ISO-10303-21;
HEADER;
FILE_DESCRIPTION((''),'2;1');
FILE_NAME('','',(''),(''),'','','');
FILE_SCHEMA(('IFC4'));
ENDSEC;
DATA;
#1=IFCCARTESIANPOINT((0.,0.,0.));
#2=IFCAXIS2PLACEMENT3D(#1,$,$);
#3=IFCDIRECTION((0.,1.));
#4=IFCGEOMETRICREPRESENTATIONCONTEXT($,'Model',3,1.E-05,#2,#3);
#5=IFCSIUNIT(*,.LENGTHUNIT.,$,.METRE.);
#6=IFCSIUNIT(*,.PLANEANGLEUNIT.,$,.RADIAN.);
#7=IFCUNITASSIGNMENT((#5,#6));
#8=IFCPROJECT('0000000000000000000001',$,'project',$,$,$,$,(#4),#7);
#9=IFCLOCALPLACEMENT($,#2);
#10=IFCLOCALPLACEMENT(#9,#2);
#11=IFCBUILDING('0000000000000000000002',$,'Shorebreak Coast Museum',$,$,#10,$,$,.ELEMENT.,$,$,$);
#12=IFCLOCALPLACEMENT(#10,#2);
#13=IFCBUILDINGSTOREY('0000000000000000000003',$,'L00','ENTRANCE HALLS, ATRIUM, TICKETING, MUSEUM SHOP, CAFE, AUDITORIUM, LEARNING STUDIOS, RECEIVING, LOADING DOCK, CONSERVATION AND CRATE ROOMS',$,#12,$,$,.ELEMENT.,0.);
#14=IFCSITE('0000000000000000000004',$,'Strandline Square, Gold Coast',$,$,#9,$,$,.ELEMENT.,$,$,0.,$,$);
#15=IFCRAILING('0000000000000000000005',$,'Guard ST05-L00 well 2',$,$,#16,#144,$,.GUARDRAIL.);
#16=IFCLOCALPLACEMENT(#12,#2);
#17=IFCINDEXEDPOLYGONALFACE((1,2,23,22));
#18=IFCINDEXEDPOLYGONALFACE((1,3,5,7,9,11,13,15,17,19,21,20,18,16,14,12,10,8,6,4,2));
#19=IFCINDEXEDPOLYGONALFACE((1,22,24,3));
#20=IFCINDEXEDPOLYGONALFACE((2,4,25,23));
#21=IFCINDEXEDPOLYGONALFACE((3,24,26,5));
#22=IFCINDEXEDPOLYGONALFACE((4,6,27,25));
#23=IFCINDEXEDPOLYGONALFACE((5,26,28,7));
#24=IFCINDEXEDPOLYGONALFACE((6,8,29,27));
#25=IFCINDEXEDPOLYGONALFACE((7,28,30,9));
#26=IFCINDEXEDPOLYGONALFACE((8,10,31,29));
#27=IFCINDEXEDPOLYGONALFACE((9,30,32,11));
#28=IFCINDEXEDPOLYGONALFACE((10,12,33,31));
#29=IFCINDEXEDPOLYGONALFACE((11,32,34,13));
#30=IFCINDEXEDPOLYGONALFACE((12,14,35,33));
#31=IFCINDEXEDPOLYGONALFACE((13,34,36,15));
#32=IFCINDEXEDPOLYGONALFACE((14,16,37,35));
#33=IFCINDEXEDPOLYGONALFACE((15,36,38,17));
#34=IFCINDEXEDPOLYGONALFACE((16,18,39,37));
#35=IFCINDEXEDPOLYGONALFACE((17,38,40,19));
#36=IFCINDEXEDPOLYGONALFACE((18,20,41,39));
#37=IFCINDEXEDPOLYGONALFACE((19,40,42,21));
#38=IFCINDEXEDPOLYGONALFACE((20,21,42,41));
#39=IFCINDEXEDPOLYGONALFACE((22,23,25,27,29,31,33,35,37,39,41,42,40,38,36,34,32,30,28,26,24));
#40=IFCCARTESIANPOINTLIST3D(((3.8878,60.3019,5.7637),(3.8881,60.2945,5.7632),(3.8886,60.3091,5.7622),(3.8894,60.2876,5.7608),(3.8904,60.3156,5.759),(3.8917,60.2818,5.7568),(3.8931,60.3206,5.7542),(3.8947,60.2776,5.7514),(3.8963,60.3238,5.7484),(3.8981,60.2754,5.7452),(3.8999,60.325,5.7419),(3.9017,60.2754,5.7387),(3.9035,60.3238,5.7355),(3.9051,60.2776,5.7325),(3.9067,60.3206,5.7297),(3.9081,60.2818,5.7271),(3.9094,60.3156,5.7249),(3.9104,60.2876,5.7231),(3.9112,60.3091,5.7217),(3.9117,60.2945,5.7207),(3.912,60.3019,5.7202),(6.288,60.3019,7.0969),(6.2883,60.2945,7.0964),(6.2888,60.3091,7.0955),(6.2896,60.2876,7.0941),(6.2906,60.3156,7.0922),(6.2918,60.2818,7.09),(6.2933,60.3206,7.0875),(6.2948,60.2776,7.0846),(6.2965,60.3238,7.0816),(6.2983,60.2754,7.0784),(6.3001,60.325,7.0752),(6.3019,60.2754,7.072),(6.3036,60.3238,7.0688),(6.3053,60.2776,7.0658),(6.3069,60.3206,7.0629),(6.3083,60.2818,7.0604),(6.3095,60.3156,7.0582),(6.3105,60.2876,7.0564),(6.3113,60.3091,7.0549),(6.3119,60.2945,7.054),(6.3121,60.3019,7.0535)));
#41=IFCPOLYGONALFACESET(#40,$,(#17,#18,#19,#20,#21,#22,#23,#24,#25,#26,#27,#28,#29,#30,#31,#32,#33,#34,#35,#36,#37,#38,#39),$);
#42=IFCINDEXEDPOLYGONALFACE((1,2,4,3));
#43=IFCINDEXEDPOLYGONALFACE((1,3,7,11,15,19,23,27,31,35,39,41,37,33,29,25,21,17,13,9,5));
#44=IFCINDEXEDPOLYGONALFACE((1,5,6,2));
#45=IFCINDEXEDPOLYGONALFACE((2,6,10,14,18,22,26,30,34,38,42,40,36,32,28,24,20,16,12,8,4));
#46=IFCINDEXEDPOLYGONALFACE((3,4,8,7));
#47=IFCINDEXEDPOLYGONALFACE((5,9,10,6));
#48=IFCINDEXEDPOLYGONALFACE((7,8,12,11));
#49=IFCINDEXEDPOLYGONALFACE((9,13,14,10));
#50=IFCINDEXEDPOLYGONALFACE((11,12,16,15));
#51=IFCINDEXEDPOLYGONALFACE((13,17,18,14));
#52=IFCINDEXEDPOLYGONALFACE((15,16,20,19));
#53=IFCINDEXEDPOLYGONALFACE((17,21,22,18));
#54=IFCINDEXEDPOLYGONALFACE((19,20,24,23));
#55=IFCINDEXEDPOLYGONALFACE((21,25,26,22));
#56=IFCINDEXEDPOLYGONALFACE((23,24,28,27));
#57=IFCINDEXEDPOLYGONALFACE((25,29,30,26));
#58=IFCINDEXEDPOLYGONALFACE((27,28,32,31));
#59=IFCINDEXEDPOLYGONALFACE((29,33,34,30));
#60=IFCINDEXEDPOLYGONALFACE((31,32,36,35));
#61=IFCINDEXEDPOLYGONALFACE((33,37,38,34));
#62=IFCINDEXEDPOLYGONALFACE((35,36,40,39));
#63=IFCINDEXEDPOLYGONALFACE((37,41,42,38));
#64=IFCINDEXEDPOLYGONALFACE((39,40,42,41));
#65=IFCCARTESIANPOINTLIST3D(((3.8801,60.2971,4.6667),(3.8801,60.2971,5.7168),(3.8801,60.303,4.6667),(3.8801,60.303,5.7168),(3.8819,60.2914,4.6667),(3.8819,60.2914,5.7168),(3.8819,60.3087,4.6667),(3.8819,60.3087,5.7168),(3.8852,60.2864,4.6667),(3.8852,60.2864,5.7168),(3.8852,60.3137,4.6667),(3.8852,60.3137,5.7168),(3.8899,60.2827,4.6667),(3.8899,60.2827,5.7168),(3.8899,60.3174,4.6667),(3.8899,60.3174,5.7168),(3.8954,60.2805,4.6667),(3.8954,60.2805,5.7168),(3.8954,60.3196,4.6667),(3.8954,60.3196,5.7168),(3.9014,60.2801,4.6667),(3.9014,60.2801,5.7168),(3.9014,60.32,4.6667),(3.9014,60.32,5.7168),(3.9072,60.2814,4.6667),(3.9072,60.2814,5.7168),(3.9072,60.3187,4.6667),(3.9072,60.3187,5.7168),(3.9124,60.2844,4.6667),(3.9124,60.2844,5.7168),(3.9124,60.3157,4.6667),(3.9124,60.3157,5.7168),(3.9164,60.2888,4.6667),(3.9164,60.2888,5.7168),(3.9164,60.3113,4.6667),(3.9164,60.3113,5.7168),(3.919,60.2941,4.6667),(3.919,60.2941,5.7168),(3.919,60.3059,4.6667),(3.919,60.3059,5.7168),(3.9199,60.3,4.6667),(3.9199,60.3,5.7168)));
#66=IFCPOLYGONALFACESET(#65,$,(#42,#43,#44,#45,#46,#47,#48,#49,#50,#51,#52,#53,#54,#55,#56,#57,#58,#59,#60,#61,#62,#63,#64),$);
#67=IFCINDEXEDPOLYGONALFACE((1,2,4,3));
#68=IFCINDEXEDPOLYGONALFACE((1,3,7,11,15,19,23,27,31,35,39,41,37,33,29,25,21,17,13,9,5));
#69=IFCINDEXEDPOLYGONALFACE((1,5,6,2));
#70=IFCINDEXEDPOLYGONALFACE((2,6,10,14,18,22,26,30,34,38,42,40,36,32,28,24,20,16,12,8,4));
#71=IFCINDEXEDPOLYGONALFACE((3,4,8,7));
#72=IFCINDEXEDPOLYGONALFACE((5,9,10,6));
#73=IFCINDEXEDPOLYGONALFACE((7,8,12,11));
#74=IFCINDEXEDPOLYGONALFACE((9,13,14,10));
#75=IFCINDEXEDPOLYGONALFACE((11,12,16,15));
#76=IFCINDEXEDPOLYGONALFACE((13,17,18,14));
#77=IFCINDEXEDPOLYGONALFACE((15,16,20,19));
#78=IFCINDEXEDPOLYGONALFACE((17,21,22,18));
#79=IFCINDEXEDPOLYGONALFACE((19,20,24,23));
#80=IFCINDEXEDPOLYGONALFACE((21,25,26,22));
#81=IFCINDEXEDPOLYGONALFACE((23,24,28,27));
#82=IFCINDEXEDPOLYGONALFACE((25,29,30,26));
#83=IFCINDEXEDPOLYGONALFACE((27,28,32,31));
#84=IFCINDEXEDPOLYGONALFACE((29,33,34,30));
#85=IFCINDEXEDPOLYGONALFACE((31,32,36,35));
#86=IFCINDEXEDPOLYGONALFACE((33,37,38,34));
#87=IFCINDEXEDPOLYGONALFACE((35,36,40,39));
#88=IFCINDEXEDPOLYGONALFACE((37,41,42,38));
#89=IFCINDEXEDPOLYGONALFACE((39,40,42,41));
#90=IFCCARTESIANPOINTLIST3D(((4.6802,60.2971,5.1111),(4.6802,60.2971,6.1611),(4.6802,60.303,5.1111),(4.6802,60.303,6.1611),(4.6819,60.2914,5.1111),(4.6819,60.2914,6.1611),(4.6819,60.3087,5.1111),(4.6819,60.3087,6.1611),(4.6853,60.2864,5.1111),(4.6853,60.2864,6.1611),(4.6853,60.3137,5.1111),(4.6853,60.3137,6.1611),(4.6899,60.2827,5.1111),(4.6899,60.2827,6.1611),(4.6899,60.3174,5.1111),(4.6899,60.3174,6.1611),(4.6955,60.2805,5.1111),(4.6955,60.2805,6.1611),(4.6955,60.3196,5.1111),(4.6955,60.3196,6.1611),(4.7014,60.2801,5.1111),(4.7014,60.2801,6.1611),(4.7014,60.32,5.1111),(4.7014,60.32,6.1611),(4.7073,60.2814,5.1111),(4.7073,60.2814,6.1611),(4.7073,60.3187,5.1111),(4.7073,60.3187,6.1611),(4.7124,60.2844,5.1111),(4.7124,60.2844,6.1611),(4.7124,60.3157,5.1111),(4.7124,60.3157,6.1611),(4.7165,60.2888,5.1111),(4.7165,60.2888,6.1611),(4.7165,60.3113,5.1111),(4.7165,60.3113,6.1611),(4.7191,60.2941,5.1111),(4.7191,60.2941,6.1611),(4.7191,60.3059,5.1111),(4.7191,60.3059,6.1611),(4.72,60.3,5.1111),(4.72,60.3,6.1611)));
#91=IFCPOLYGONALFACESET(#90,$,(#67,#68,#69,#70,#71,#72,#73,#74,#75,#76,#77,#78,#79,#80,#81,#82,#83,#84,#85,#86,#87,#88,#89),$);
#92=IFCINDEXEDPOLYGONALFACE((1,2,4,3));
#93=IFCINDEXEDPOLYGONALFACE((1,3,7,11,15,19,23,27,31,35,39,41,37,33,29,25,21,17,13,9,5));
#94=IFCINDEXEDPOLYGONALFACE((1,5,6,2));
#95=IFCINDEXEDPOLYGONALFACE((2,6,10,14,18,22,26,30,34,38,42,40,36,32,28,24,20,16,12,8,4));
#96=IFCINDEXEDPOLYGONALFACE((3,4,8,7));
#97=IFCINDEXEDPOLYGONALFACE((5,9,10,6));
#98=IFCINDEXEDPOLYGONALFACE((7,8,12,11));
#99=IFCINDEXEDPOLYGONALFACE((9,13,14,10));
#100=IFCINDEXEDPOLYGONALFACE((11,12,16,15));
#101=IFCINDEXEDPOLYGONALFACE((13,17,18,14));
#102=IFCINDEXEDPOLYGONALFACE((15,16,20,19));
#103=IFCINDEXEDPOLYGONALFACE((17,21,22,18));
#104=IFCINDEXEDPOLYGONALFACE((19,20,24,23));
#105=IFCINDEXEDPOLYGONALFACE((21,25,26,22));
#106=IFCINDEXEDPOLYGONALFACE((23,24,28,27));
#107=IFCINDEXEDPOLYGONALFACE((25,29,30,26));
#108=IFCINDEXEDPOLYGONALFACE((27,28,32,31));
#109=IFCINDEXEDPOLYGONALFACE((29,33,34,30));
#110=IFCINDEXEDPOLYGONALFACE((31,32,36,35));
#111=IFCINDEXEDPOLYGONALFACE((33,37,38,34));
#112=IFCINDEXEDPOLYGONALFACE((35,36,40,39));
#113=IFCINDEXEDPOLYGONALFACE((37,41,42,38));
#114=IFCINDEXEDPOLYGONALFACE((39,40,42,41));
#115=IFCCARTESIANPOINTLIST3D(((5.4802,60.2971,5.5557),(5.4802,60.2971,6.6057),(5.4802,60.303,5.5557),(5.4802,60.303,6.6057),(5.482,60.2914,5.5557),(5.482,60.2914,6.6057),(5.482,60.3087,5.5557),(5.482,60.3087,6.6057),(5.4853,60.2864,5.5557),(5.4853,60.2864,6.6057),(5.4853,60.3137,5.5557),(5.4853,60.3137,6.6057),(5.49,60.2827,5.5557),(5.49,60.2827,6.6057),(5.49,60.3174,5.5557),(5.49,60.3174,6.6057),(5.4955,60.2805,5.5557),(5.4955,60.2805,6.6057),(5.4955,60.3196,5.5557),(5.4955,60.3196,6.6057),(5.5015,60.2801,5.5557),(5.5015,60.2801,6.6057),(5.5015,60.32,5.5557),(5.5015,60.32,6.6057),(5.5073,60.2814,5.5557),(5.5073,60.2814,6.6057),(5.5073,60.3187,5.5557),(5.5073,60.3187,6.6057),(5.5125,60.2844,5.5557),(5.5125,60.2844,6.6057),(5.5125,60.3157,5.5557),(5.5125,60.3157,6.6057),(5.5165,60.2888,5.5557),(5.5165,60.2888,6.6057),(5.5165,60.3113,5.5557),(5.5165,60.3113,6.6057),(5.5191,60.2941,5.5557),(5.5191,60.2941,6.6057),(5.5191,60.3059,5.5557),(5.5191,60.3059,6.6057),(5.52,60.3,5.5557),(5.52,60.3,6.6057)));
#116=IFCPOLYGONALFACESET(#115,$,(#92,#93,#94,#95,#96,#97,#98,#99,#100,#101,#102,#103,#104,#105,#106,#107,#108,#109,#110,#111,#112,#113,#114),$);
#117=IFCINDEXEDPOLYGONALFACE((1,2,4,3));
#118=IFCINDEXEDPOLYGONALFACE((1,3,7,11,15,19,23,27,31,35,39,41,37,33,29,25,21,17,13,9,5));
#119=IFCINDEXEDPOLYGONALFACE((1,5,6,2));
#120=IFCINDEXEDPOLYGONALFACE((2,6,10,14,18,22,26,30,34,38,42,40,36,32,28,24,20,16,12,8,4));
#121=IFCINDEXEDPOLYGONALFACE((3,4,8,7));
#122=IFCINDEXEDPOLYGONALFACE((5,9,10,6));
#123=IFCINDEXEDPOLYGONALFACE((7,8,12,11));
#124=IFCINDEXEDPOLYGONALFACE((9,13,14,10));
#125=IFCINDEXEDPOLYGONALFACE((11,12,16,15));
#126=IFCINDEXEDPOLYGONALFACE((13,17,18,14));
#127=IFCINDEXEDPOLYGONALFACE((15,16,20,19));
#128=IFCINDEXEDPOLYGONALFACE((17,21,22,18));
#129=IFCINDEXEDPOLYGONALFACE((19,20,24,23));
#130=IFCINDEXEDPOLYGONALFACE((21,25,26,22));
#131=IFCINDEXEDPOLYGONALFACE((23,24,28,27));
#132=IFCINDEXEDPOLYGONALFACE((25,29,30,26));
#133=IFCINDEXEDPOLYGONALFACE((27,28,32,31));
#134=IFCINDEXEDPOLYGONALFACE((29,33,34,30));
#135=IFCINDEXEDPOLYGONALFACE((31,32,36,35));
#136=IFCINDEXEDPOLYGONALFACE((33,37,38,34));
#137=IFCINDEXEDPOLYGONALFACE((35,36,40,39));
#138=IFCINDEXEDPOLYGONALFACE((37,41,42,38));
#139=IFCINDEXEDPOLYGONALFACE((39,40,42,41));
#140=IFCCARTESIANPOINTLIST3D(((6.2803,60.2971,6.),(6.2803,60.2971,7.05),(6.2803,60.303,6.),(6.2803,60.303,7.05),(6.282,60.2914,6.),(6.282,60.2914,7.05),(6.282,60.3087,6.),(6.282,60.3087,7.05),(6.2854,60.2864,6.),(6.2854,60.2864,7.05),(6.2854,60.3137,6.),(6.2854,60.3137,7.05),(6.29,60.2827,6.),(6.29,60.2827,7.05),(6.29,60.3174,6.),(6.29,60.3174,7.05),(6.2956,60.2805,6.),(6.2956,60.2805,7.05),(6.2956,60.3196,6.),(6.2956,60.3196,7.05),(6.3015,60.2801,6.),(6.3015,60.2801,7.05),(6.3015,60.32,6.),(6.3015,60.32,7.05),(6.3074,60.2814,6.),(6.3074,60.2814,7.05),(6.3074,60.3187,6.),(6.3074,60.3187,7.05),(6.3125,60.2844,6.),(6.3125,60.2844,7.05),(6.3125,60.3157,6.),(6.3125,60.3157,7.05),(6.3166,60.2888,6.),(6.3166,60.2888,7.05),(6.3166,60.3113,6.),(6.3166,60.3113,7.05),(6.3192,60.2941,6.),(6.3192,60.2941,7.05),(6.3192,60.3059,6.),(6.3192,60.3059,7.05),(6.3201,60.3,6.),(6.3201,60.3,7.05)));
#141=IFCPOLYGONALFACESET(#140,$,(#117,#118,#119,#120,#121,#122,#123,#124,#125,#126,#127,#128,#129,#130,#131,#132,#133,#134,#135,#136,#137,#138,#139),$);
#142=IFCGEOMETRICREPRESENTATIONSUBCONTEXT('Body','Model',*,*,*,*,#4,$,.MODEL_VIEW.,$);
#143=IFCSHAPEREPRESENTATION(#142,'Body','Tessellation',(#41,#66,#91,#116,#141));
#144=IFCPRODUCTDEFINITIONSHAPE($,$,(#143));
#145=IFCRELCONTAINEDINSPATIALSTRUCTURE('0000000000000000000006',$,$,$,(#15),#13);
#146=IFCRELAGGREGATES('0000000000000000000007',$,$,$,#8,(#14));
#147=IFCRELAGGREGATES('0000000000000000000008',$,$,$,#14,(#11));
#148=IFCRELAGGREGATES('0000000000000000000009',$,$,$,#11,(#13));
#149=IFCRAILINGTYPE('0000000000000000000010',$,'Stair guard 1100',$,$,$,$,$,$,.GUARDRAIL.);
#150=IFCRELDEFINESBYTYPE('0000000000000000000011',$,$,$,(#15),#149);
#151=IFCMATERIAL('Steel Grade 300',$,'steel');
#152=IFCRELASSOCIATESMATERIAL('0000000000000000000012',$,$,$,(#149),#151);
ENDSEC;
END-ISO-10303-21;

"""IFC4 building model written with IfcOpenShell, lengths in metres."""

from ifc_helpers import new_model, si_unit, direction, frame, origin, origin_2d, place, context, subcontext, project, spatial, circle, extrude, material, type_object, element, save


model = new_model("IFC4")

# Units and contexts
model_context = context("Model", 3, precision=1e-05, world=origin(), true_north=direction((0.0, 1.0)))
body_context = subcontext(model_context, "Body", "Model", "MODEL_VIEW")
ifc_project = project(units=[si_unit("LENGTHUNIT", "METRE"), si_unit("PLANEANGLEUNIT", "RADIAN")], contexts=[model_context])

# Site, building, storey
site_placement = place(None, origin())
site = spatial("IfcSite", under=ifc_project, at=site_placement, Name="Strandline Square, Gold Coast", CompositionType="ELEMENT", RefElevation=0.0)
building_placement = place(site_placement, origin())
building = spatial("IfcBuilding", under=site, at=building_placement, Name="Shorebreak Coast Museum", CompositionType="ELEMENT")
storey_placement = place(building_placement, origin())
storey = spatial("IfcBuildingStorey", under=building, at=storey_placement, Name="L00", Description="ENTRANCE HALLS, ATRIUM, TICKETING, MUSEUM SHOP, CAFE, AUDITORIUM, LEARNING STUDIOS, RECEIVING, LOADING DOCK, CONSERVATION AND CRATE ROOMS", CompositionType="ELEMENT", Elevation=0.0)

# Railing
ifc_material_1 = material(Name="Steel Grade 300", Category="steel")
railing_type_1 = type_object("IfcRailingType", Name="Stair guard 1100", PredefinedType="GUARDRAIL", material=ifc_material_1)
railing_1_placement = place(storey_placement, frame((3.8999, 60.3, 4.6667)))
element("IfcRailing", 1, at=railing_1_placement, inside=storey, type_object=railing_type_1, Name="Guard ST05-L00 well 2", PredefinedType="GUARDRAIL", context=body_context, shape_type="SweptSolid", body=[
    extrude(circle(Radius=0.0249, at=origin_2d()), frame((0.0, 0.0, 1.0752), z_axis=(0.874182, 0.0, 0.485598), x_axis=(0.0, 1.0, 0.0)), (0.0, 0.0, 1.0), 2.7456),
    extrude(circle(Radius=0.02, at=origin_2d()), origin(), (0.0, 0.0, 1.0), 1.05),
    extrude(circle(Radius=0.02, at=origin_2d()), frame((0.8, 0.0, 0.4443)), (0.0, 0.0, 1.0), 1.05),
    extrude(circle(Radius=0.02, at=origin_2d()), frame((1.6001, 0.0, 0.8889)), (0.0, 0.0, 1.0), 1.05),
    extrude(circle(Radius=0.02, at=origin_2d()), frame((2.4001, 0.0, 1.3333)), (0.0, 0.0, 1.0), 1.05),
])

save(model, "model.ifc")
